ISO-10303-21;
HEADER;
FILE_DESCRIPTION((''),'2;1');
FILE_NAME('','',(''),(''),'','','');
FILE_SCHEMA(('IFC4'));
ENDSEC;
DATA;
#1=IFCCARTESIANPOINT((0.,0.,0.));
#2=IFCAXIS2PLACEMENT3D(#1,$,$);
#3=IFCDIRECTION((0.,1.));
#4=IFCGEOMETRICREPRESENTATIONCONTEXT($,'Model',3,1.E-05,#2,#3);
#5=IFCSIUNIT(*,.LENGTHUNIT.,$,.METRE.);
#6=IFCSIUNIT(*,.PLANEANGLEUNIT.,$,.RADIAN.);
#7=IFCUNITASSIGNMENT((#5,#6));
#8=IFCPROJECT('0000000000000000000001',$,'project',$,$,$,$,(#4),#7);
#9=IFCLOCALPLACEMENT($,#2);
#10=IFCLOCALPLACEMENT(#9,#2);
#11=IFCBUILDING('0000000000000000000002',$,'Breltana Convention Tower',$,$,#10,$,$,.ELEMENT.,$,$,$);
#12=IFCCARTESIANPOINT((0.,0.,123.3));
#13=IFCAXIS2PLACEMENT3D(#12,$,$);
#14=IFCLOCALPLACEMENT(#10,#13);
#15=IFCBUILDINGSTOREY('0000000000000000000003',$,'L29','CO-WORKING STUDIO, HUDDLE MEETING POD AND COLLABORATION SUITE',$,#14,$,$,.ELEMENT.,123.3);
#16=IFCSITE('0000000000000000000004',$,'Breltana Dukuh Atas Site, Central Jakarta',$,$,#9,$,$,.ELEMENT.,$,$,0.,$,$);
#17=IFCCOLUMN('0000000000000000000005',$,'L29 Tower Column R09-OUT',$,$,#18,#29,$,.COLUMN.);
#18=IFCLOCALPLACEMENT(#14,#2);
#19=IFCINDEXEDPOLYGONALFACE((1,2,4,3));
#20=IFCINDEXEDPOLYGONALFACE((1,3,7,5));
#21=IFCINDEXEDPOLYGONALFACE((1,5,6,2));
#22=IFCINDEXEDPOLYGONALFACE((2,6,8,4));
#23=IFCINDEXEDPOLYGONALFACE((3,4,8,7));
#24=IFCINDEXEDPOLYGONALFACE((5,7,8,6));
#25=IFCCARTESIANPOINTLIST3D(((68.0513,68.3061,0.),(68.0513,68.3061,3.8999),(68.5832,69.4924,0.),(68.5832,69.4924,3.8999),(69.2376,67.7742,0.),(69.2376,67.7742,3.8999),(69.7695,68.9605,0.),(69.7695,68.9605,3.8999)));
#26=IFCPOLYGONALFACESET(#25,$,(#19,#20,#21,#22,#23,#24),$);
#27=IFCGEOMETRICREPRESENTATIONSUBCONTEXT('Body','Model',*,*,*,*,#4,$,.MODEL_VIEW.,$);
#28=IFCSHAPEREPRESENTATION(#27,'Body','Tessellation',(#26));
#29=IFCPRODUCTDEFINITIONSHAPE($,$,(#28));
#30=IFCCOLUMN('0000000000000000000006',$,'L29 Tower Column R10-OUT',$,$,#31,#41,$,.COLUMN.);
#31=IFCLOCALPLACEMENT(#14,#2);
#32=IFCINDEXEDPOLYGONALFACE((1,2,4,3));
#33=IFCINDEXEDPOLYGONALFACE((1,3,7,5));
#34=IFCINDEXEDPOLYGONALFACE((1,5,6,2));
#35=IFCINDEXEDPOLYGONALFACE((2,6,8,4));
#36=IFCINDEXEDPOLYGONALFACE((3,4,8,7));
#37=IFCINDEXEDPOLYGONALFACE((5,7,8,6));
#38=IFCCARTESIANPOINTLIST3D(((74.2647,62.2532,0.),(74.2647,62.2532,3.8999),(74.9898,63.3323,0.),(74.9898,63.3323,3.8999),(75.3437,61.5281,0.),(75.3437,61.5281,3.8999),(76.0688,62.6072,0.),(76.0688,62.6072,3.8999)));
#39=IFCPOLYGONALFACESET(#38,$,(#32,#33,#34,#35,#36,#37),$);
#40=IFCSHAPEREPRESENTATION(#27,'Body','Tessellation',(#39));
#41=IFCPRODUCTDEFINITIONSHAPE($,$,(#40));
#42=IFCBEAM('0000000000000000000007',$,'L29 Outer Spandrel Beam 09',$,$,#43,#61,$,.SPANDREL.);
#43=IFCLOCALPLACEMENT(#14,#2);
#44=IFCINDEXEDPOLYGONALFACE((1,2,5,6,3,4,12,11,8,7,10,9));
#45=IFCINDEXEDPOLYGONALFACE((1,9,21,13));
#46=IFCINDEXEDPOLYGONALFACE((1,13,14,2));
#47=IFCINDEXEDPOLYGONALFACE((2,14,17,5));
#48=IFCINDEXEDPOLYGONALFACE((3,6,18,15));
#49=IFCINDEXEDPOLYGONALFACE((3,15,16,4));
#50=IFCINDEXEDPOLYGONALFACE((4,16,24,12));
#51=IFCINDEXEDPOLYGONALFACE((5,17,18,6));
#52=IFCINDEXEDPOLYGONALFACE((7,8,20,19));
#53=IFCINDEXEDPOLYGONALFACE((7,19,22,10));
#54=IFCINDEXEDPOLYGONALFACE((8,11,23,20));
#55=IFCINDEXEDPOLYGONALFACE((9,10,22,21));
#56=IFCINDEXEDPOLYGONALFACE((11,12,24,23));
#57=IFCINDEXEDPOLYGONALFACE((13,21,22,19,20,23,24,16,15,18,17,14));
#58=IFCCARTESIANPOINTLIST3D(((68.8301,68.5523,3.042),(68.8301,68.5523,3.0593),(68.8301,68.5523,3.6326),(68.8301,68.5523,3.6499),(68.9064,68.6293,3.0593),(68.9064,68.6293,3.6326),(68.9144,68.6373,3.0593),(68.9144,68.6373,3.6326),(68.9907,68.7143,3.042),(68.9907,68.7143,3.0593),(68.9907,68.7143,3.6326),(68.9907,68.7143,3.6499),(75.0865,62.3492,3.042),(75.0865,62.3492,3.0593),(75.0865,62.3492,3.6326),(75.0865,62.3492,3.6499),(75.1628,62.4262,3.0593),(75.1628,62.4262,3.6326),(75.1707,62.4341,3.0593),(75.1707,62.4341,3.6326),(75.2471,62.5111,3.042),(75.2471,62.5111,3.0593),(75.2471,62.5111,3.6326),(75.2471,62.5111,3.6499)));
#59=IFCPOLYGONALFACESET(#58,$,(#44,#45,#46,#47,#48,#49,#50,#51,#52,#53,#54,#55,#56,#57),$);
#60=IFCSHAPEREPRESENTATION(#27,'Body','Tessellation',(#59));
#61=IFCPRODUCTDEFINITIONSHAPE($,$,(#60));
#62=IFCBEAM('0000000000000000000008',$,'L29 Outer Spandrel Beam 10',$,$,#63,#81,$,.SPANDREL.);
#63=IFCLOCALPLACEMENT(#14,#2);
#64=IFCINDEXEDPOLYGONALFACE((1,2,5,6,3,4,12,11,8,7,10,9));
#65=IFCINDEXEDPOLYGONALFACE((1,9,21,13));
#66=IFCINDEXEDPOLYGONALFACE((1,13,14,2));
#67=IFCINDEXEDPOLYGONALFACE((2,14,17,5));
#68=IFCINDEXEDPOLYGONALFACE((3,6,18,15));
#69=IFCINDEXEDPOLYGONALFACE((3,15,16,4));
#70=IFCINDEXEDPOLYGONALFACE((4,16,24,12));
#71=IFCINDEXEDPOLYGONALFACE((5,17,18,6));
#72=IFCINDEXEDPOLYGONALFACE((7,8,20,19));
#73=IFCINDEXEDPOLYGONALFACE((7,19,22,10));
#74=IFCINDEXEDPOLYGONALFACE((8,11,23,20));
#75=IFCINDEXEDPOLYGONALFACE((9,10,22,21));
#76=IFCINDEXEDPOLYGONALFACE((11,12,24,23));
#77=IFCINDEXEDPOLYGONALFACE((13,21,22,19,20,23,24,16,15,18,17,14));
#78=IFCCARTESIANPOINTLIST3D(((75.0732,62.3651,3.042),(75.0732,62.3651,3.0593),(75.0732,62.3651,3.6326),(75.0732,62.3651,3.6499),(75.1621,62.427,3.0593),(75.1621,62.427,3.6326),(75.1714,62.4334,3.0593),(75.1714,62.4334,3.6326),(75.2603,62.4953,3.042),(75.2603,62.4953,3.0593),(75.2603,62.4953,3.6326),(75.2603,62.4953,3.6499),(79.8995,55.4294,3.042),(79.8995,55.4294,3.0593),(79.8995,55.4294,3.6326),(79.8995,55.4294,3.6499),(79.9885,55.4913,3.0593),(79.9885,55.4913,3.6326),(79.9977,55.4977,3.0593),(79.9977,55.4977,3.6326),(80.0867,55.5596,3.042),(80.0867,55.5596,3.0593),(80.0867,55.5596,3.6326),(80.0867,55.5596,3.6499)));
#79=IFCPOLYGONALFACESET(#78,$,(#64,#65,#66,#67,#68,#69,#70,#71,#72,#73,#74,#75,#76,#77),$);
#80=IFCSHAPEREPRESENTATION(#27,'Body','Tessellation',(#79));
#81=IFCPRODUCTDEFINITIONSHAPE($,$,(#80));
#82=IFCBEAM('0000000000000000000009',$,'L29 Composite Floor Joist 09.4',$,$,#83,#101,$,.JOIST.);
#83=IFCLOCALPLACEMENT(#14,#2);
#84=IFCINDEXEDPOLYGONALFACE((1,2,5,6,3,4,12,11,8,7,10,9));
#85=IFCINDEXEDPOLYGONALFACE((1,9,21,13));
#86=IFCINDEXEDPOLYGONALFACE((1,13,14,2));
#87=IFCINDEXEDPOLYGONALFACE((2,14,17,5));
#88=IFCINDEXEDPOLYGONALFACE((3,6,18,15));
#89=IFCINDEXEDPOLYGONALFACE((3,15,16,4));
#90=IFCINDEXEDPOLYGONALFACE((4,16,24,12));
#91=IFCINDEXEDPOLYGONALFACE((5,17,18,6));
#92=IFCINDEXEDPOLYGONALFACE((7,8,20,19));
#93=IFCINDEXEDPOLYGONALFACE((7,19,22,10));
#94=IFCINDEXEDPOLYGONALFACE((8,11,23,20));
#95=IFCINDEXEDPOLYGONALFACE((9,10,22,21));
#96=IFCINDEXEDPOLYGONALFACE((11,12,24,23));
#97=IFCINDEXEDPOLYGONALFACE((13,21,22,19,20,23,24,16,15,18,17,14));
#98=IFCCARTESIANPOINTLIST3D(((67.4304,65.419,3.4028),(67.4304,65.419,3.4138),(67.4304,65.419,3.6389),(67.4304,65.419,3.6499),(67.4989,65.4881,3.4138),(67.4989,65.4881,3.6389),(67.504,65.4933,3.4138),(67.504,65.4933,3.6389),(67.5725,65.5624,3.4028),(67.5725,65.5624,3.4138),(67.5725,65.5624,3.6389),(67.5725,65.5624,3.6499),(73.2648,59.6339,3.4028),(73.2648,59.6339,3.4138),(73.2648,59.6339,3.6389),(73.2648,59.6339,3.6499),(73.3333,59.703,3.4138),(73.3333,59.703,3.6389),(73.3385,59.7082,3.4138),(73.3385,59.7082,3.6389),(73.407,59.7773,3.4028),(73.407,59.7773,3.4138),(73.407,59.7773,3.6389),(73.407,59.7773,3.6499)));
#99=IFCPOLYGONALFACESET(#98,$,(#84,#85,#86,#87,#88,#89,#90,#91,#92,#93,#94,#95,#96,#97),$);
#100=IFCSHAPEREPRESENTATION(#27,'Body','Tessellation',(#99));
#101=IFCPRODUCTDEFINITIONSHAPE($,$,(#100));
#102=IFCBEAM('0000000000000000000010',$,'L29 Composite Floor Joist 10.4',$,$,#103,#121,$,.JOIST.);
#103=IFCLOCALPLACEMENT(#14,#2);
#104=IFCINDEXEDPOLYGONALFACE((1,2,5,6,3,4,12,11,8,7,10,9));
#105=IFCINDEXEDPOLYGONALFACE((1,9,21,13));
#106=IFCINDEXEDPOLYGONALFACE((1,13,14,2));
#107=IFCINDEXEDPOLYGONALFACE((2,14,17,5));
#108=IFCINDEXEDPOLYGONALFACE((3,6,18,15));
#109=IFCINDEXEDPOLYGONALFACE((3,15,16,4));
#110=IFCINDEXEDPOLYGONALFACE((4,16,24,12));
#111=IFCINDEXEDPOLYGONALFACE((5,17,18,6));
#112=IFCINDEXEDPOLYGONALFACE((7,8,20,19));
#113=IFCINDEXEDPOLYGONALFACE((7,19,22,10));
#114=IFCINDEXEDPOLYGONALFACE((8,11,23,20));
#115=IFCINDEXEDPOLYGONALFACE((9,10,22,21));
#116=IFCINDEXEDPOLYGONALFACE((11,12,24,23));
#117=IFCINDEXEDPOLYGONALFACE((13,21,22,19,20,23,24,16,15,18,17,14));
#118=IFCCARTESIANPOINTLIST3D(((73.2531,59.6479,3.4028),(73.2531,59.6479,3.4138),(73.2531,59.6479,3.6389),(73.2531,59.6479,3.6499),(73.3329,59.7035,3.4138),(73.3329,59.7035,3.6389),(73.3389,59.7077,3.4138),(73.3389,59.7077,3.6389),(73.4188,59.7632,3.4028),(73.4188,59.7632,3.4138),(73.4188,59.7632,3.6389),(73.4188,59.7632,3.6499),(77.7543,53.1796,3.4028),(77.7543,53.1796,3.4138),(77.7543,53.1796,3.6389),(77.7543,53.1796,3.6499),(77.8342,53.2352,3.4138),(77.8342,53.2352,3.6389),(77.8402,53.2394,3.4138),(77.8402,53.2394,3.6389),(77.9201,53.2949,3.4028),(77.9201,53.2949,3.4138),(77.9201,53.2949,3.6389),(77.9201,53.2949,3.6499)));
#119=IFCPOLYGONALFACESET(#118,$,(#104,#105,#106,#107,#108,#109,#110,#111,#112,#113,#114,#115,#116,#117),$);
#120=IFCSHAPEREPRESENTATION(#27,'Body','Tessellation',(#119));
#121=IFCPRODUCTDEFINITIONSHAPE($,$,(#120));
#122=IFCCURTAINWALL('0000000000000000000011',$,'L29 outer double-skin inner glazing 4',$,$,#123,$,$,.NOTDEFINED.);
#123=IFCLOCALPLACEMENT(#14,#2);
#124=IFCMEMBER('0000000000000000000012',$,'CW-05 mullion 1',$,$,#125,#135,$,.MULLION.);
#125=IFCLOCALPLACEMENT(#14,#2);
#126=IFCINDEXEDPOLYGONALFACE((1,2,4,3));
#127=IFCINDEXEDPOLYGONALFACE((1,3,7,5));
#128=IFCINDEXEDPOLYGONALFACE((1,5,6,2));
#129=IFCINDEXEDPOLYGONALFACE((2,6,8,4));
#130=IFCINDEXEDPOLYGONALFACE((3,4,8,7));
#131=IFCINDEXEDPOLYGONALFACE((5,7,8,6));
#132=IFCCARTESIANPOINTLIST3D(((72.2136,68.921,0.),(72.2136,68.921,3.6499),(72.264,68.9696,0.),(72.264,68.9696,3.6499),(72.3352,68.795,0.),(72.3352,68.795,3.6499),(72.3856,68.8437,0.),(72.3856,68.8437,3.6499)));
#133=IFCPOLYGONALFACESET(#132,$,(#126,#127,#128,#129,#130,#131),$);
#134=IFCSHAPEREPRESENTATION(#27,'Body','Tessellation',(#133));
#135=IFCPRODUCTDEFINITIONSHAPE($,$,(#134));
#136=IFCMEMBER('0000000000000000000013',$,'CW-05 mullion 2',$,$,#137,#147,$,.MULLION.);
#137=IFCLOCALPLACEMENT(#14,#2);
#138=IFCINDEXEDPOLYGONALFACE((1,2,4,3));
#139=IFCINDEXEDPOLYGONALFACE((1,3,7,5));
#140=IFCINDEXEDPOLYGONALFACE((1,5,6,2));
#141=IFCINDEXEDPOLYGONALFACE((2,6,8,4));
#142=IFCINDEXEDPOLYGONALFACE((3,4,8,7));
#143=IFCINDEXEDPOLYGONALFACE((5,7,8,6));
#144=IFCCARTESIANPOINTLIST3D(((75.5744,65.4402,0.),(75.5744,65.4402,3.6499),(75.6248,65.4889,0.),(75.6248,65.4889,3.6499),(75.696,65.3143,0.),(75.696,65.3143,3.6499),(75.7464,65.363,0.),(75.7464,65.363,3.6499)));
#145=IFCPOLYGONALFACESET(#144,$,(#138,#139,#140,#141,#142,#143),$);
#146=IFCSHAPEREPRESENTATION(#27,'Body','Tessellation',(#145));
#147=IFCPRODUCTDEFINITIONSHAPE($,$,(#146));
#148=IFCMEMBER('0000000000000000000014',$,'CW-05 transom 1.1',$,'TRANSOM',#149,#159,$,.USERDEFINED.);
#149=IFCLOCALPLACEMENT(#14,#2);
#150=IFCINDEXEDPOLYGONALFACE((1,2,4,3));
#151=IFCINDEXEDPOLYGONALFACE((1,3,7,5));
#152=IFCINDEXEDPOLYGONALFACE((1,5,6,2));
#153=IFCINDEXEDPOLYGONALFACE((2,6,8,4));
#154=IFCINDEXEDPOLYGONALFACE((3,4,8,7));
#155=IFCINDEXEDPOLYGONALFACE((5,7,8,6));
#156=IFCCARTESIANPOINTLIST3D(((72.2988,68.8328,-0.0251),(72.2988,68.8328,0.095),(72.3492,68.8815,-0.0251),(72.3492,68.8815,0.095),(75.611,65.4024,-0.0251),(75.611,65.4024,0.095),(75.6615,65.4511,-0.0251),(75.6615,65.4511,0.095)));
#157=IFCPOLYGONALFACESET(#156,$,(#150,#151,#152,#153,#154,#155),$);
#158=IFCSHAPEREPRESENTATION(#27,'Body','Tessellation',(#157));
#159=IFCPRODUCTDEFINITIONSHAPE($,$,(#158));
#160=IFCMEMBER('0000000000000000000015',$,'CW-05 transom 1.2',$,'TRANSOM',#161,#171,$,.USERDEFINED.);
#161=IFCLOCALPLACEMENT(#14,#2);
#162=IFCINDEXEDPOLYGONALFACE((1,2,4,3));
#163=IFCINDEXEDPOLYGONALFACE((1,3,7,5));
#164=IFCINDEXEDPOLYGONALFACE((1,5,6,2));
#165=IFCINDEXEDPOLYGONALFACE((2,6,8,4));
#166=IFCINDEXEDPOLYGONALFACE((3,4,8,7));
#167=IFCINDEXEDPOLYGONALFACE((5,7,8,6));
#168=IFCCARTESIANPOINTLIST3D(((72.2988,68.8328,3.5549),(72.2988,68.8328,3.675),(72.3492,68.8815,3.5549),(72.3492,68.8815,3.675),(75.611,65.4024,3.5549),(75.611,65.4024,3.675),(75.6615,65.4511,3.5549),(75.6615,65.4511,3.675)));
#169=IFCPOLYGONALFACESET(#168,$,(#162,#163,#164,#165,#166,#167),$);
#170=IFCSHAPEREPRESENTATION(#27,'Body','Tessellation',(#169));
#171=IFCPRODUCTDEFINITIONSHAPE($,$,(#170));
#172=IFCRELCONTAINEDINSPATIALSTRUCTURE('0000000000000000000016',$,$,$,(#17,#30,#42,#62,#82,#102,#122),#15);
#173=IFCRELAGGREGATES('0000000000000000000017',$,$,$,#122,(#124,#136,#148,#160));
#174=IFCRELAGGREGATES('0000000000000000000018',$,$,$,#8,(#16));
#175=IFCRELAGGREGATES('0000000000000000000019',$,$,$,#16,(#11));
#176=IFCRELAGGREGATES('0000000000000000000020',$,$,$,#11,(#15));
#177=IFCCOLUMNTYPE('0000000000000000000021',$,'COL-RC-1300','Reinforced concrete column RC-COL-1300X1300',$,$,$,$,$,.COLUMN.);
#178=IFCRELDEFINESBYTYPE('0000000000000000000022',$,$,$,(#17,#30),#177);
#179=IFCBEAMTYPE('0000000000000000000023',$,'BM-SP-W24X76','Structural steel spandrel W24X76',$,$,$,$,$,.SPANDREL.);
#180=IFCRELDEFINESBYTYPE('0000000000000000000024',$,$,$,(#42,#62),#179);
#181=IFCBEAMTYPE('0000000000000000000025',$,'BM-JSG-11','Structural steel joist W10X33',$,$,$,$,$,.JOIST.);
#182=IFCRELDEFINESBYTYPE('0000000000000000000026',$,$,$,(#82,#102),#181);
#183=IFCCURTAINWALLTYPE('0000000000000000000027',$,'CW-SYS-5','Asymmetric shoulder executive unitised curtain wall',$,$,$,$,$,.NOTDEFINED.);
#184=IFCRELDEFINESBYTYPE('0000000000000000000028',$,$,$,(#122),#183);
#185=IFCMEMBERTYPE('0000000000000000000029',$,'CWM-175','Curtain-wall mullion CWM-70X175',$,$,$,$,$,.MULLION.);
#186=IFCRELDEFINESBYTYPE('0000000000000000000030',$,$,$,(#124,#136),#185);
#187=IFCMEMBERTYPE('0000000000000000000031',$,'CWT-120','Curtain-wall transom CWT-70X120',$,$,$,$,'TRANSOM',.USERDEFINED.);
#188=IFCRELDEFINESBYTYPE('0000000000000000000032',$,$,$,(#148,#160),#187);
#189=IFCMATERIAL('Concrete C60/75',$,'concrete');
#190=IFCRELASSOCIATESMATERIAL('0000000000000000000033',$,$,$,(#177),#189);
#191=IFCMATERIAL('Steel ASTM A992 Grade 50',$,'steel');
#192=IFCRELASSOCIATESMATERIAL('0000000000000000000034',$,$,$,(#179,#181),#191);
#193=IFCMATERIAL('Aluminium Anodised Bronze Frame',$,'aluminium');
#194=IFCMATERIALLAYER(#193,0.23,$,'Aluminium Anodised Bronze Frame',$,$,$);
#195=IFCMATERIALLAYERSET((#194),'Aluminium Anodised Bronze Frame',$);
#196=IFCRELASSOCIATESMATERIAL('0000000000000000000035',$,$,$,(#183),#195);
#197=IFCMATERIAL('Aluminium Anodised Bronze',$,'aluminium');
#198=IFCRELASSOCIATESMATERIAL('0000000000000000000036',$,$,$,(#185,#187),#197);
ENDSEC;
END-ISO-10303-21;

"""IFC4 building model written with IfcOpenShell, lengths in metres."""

from ifc_helpers import new_model, si_unit, direction, frame, origin, origin_2d, place, context, subcontext, project, spatial, rectangle, i_section, extrude, source, transform, mapped, material, layer, layer_set, material_profile, profile_set, type_object, element, aggregate, save


model = new_model("IFC4")

# Units and contexts
model_context = context("Model", 3, precision=1e-05, world=origin(), true_north=direction((0.0, 1.0)))
body_context = subcontext(model_context, "Body", "Model", "MODEL_VIEW")
ifc_project = project(units=[si_unit("LENGTHUNIT", "METRE"), si_unit("PLANEANGLEUNIT", "RADIAN")], contexts=[model_context])

# Site, building, storey
site_placement = place(None, origin())
site = spatial("IfcSite", under=ifc_project, at=site_placement, Name="Breltana Dukuh Atas Site, Central Jakarta", CompositionType="ELEMENT", RefElevation=0.0)
building_placement = place(site_placement, origin())
building = spatial("IfcBuilding", under=site, at=building_placement, Name="Breltana Convention Tower", CompositionType="ELEMENT")
storey_placement = place(building_placement, frame((0.0, 0.0, 123.3)))
storey = spatial("IfcBuildingStorey", under=building, at=storey_placement, Name="L29", Description="CO-WORKING STUDIO, HUDDLE MEETING POD AND COLLABORATION SUITE", CompositionType="ELEMENT", Elevation=123.3)

# Columns
ifc_material_1 = material(Name="Concrete C60/75", Category="concrete")
ifc_material_profile_1 = material_profile(ifc_material_1, rectangle(XDim=1.3, YDim=1.3, at=origin_2d()), Name="RC-COL-1300X1300")
ifc_profile_set_1 = profile_set([ifc_material_profile_1], Name="Concrete C60/75")
column_type = type_object("IfcColumnType", Name="COL-RC-1300", Description="Reinforced concrete column RC-COL-1300X1300", PredefinedType="COLUMN", material=ifc_profile_set_1)
shared_shape_1 = source(origin(), body_context, "Body", "SweptSolid", [
    extrude(rectangle(XDim=1.3, YDim=1.3, at=origin_2d()), origin(), (0.0, 0.0, 1.0), 3.8999),
])
for number, where, z_axis, x_axis, name in (
    (1, (68.9104, 68.6333, 0.0), (0.0, 0.0, 1.0), (0.409127, 0.912477, 0.0), "L29 Tower Column R09-OUT"),
    (2, (75.1667, 62.4302, 0.0), (0.0, 0.0, 1.0), (0.557745, 0.830012, 0.0), "L29 Tower Column R10-OUT"),
):
    element("IfcColumn", number, at=place(storey_placement, frame(where, z_axis=z_axis, x_axis=x_axis)), inside=storey, type_object=column_type, Name=name, PredefinedType="COLUMN", context=body_context, shape_type="MappedRepresentation", body=[
        mapped(shared_shape_1, transform((0.0, 0.0, 0.0), scale=1.0)),
    ])

# Beams
ifc_material_2 = material(Name="Steel ASTM A992 Grade 50", Category="steel")
ifc_material_profile_2 = material_profile(ifc_material_2, i_section(OverallWidth=0.228, OverallDepth=0.6079, WebThickness=0.0112, FlangeThickness=0.0173, at=origin_2d()), Name="W24X76")
ifc_profile_set_2 = profile_set([ifc_material_profile_2], Name="Steel ASTM A992 Grade 50")
beam_type_1 = type_object("IfcBeamType", Name="BM-SP-W24X76", Description="Structural steel spandrel W24X76", PredefinedType="SPANDREL", material=ifc_profile_set_2)
shared_shape_2 = source(origin(), body_context, "Body", "SweptSolid", [
    extrude(i_section(OverallWidth=0.228, OverallDepth=0.6079, WebThickness=0.0112, FlangeThickness=0.0173, at=origin_2d()), origin(), (0.0, 0.0, 1.0), 8.8103),
])
beam_1_placement = place(storey_placement, frame((68.9104, 68.6333, 3.3459), z_axis=(0.710121, -0.70408, 0.0), x_axis=(0.70408, 0.710121, 0.0)))
element("IfcBeam", 3, at=beam_1_placement, inside=storey, type_object=beam_type_1, Name="L29 Outer Spandrel Beam 09", PredefinedType="SPANDREL", context=body_context, shape_type="MappedRepresentation", body=[
    mapped(shared_shape_2, transform((0.0, 0.0, 0.0), scale=1.0)),
])
shared_shape_3 = source(origin(), body_context, "Body", "SweptSolid", [
    extrude(i_section(OverallWidth=0.228, OverallDepth=0.6079, WebThickness=0.0112, FlangeThickness=0.0173, at=origin_2d()), origin(), (0.0, 0.0, 1.0), 8.4497),
])
beam_2_placement = place(storey_placement, frame((75.1667, 62.4302, 3.3459), z_axis=(0.571186, -0.820821, 0.0), x_axis=(0.820821, 0.571186, 0.0)))
element("IfcBeam", 4, at=beam_2_placement, inside=storey, type_object=beam_type_1, Name="L29 Outer Spandrel Beam 10", PredefinedType="SPANDREL", context=body_context, shape_type="MappedRepresentation", body=[
    mapped(shared_shape_3, transform((0.0, 0.0, 0.0), scale=1.0)),
])
ifc_material_profile_3 = material_profile(ifc_material_2, i_section(OverallWidth=0.2019, OverallDepth=0.2471, WebThickness=0.0073, FlangeThickness=0.011, at=origin_2d()), Name="W10X33")
ifc_profile_set_3 = profile_set([ifc_material_profile_3], Name="Steel ASTM A992 Grade 50")
beam_type_2 = type_object("IfcBeamType", Name="BM-JSG-11", Description="Structural steel joist W10X33", PredefinedType="JOIST", material=ifc_profile_set_3)
shared_shape_4 = source(origin(), body_context, "Body", "SweptSolid", [
    extrude(i_section(OverallWidth=0.2019, OverallDepth=0.2471, WebThickness=0.0073, FlangeThickness=0.011, at=origin_2d()), origin(), (0.0, 0.0, 1.0), 8.2163),
])
beam_3_placement = place(storey_placement, frame((67.5015, 65.4907, 3.5264), z_axis=(0.710102, -0.704099, 0.0), x_axis=(0.704099, 0.710102, 0.0)))
element("IfcBeam", 5, at=beam_3_placement, inside=storey, type_object=beam_type_2, Name="L29 Composite Floor Joist 09.4", PredefinedType="JOIST", context=body_context, shape_type="MappedRepresentation", body=[
    mapped(shared_shape_4, transform((0.0, 0.0, 0.0), scale=1.0)),
])
shared_shape_5 = source(origin(), body_context, "Body", "SweptSolid", [
    extrude(i_section(OverallWidth=0.2019, OverallDepth=0.2471, WebThickness=0.0073, FlangeThickness=0.011, at=origin_2d()), origin(), (0.0, 0.0, 1.0), 7.8804),
])
beam_4_placement = place(storey_placement, frame((73.3359, 59.7056, 3.5264), z_axis=(0.571198, -0.820812, 0.0), x_axis=(0.820812, 0.571198, 0.0)))
element("IfcBeam", 6, at=beam_4_placement, inside=storey, type_object=beam_type_2, Name="L29 Composite Floor Joist 10.4", PredefinedType="JOIST", context=body_context, shape_type="MappedRepresentation", body=[
    mapped(shared_shape_5, transform((0.0, 0.0, 0.0), scale=1.0)),
])

# Curtain wall, members
ifc_material_3 = material(Name="Aluminium Anodised Bronze Frame", Category="aluminium")
ifc_layer_1 = layer(ifc_material_3, 0.23, Name="Aluminium Anodised Bronze Frame")
ifc_layer_set_1 = layer_set([ifc_layer_1], Name="Aluminium Anodised Bronze Frame")
curtain_wall_type = type_object("IfcCurtainWallType", Name="CW-SYS-5", Description="Asymmetric shoulder executive unitised curtain wall", PredefinedType="NOTDEFINED", material=ifc_layer_set_1)
curtain_wall_placement = place(storey_placement, origin())
curtain_wall = element("IfcCurtainWall", 7, at=curtain_wall_placement, inside=storey, type_object=curtain_wall_type, Name="L29 outer double-skin inner glazing 4", PredefinedType="NOTDEFINED")
ifc_material_4 = material(Name="Aluminium Anodised Bronze", Category="aluminium")
ifc_material_profile_4 = material_profile(ifc_material_4, rectangle(XDim=0.0701, YDim=0.175, at=origin_2d()), Name="CWM-70X175")
ifc_profile_set_4 = profile_set([ifc_material_profile_4], Name="Aluminium Anodised Bronze")
member_type_1 = type_object("IfcMemberType", Name="CWM-175", Description="Curtain-wall mullion CWM-70X175", PredefinedType="MULLION", material=ifc_profile_set_4)
shared_shape_6 = source(origin(), body_context, "Body", "SweptSolid", [
    extrude(rectangle(XDim=0.0701, YDim=0.175, at=origin_2d()), origin(), (0.0, 0.0, 1.0), 3.6499),
])
member_1_placement = place(storey_placement, frame((72.2996, 68.8823, 0.0), z_axis=(0.0, 0.0, 1.0), x_axis=(0.719385, 0.694612, 0.0)))
member_1 = element("IfcMember", 8, at=member_1_placement, type_object=member_type_1, Name="CW-05 mullion 1", PredefinedType="MULLION", context=body_context, shape_type="MappedRepresentation", body=[
    mapped(shared_shape_6, transform((0.0, 0.0, 0.0), scale=1.0)),
])
member_2_placement = place(storey_placement, frame((75.6604, 65.4016, 0.0), z_axis=(0.0, 0.0, 1.0), x_axis=(0.719385, 0.694612, 0.0)))
member_2 = element("IfcMember", 9, at=member_2_placement, type_object=member_type_1, Name="CW-05 mullion 2", PredefinedType="MULLION", context=body_context, shape_type="MappedRepresentation", body=[
    mapped(shared_shape_6, transform((0.0, 0.0, 0.0), scale=1.0)),
])
ifc_material_profile_5 = material_profile(ifc_material_4, rectangle(XDim=0.0701, YDim=0.1201, at=origin_2d()), Name="CWT-70X120")
ifc_profile_set_5 = profile_set([ifc_material_profile_5], Name="Aluminium Anodised Bronze")
member_type_2 = type_object("IfcMemberType", Name="CWT-120", Description="Curtain-wall transom CWT-70X120", ElementType="TRANSOM", PredefinedType="USERDEFINED", material=ifc_profile_set_5)
shared_shape_7 = source(origin(), body_context, "Body", "SweptSolid", [
    extrude(rectangle(XDim=0.0701, YDim=0.1201, at=origin_2d()), origin(), (0.0, 0.0, 1.0), 4.7686),
])
member_3_placement = place(storey_placement, frame((72.324, 68.8572, 0.0349), z_axis=(0.694608, -0.719388, 0.0), x_axis=(0.719388, 0.694608, 0.0)))
member_3 = element("IfcMember", 10, at=member_3_placement, type_object=member_type_2, Name="CW-05 transom 1.1", ObjectType="TRANSOM", PredefinedType="USERDEFINED", context=body_context, shape_type="MappedRepresentation", body=[
    mapped(shared_shape_7, transform((0.0, 0.0, 0.0), scale=1.0)),
])
member_4_placement = place(storey_placement, frame((72.324, 68.8572, 3.615), z_axis=(0.694608, -0.719388, 0.0), x_axis=(0.719388, 0.694608, 0.0)))
member_4 = element("IfcMember", 11, at=member_4_placement, type_object=member_type_2, Name="CW-05 transom 1.2", ObjectType="TRANSOM", PredefinedType="USERDEFINED", context=body_context, shape_type="MappedRepresentation", body=[
    mapped(shared_shape_7, transform((0.0, 0.0, 0.0), scale=1.0)),
])
aggregate(curtain_wall, [member_1, member_2, member_3, member_4])

save(model, "model.ifc")
